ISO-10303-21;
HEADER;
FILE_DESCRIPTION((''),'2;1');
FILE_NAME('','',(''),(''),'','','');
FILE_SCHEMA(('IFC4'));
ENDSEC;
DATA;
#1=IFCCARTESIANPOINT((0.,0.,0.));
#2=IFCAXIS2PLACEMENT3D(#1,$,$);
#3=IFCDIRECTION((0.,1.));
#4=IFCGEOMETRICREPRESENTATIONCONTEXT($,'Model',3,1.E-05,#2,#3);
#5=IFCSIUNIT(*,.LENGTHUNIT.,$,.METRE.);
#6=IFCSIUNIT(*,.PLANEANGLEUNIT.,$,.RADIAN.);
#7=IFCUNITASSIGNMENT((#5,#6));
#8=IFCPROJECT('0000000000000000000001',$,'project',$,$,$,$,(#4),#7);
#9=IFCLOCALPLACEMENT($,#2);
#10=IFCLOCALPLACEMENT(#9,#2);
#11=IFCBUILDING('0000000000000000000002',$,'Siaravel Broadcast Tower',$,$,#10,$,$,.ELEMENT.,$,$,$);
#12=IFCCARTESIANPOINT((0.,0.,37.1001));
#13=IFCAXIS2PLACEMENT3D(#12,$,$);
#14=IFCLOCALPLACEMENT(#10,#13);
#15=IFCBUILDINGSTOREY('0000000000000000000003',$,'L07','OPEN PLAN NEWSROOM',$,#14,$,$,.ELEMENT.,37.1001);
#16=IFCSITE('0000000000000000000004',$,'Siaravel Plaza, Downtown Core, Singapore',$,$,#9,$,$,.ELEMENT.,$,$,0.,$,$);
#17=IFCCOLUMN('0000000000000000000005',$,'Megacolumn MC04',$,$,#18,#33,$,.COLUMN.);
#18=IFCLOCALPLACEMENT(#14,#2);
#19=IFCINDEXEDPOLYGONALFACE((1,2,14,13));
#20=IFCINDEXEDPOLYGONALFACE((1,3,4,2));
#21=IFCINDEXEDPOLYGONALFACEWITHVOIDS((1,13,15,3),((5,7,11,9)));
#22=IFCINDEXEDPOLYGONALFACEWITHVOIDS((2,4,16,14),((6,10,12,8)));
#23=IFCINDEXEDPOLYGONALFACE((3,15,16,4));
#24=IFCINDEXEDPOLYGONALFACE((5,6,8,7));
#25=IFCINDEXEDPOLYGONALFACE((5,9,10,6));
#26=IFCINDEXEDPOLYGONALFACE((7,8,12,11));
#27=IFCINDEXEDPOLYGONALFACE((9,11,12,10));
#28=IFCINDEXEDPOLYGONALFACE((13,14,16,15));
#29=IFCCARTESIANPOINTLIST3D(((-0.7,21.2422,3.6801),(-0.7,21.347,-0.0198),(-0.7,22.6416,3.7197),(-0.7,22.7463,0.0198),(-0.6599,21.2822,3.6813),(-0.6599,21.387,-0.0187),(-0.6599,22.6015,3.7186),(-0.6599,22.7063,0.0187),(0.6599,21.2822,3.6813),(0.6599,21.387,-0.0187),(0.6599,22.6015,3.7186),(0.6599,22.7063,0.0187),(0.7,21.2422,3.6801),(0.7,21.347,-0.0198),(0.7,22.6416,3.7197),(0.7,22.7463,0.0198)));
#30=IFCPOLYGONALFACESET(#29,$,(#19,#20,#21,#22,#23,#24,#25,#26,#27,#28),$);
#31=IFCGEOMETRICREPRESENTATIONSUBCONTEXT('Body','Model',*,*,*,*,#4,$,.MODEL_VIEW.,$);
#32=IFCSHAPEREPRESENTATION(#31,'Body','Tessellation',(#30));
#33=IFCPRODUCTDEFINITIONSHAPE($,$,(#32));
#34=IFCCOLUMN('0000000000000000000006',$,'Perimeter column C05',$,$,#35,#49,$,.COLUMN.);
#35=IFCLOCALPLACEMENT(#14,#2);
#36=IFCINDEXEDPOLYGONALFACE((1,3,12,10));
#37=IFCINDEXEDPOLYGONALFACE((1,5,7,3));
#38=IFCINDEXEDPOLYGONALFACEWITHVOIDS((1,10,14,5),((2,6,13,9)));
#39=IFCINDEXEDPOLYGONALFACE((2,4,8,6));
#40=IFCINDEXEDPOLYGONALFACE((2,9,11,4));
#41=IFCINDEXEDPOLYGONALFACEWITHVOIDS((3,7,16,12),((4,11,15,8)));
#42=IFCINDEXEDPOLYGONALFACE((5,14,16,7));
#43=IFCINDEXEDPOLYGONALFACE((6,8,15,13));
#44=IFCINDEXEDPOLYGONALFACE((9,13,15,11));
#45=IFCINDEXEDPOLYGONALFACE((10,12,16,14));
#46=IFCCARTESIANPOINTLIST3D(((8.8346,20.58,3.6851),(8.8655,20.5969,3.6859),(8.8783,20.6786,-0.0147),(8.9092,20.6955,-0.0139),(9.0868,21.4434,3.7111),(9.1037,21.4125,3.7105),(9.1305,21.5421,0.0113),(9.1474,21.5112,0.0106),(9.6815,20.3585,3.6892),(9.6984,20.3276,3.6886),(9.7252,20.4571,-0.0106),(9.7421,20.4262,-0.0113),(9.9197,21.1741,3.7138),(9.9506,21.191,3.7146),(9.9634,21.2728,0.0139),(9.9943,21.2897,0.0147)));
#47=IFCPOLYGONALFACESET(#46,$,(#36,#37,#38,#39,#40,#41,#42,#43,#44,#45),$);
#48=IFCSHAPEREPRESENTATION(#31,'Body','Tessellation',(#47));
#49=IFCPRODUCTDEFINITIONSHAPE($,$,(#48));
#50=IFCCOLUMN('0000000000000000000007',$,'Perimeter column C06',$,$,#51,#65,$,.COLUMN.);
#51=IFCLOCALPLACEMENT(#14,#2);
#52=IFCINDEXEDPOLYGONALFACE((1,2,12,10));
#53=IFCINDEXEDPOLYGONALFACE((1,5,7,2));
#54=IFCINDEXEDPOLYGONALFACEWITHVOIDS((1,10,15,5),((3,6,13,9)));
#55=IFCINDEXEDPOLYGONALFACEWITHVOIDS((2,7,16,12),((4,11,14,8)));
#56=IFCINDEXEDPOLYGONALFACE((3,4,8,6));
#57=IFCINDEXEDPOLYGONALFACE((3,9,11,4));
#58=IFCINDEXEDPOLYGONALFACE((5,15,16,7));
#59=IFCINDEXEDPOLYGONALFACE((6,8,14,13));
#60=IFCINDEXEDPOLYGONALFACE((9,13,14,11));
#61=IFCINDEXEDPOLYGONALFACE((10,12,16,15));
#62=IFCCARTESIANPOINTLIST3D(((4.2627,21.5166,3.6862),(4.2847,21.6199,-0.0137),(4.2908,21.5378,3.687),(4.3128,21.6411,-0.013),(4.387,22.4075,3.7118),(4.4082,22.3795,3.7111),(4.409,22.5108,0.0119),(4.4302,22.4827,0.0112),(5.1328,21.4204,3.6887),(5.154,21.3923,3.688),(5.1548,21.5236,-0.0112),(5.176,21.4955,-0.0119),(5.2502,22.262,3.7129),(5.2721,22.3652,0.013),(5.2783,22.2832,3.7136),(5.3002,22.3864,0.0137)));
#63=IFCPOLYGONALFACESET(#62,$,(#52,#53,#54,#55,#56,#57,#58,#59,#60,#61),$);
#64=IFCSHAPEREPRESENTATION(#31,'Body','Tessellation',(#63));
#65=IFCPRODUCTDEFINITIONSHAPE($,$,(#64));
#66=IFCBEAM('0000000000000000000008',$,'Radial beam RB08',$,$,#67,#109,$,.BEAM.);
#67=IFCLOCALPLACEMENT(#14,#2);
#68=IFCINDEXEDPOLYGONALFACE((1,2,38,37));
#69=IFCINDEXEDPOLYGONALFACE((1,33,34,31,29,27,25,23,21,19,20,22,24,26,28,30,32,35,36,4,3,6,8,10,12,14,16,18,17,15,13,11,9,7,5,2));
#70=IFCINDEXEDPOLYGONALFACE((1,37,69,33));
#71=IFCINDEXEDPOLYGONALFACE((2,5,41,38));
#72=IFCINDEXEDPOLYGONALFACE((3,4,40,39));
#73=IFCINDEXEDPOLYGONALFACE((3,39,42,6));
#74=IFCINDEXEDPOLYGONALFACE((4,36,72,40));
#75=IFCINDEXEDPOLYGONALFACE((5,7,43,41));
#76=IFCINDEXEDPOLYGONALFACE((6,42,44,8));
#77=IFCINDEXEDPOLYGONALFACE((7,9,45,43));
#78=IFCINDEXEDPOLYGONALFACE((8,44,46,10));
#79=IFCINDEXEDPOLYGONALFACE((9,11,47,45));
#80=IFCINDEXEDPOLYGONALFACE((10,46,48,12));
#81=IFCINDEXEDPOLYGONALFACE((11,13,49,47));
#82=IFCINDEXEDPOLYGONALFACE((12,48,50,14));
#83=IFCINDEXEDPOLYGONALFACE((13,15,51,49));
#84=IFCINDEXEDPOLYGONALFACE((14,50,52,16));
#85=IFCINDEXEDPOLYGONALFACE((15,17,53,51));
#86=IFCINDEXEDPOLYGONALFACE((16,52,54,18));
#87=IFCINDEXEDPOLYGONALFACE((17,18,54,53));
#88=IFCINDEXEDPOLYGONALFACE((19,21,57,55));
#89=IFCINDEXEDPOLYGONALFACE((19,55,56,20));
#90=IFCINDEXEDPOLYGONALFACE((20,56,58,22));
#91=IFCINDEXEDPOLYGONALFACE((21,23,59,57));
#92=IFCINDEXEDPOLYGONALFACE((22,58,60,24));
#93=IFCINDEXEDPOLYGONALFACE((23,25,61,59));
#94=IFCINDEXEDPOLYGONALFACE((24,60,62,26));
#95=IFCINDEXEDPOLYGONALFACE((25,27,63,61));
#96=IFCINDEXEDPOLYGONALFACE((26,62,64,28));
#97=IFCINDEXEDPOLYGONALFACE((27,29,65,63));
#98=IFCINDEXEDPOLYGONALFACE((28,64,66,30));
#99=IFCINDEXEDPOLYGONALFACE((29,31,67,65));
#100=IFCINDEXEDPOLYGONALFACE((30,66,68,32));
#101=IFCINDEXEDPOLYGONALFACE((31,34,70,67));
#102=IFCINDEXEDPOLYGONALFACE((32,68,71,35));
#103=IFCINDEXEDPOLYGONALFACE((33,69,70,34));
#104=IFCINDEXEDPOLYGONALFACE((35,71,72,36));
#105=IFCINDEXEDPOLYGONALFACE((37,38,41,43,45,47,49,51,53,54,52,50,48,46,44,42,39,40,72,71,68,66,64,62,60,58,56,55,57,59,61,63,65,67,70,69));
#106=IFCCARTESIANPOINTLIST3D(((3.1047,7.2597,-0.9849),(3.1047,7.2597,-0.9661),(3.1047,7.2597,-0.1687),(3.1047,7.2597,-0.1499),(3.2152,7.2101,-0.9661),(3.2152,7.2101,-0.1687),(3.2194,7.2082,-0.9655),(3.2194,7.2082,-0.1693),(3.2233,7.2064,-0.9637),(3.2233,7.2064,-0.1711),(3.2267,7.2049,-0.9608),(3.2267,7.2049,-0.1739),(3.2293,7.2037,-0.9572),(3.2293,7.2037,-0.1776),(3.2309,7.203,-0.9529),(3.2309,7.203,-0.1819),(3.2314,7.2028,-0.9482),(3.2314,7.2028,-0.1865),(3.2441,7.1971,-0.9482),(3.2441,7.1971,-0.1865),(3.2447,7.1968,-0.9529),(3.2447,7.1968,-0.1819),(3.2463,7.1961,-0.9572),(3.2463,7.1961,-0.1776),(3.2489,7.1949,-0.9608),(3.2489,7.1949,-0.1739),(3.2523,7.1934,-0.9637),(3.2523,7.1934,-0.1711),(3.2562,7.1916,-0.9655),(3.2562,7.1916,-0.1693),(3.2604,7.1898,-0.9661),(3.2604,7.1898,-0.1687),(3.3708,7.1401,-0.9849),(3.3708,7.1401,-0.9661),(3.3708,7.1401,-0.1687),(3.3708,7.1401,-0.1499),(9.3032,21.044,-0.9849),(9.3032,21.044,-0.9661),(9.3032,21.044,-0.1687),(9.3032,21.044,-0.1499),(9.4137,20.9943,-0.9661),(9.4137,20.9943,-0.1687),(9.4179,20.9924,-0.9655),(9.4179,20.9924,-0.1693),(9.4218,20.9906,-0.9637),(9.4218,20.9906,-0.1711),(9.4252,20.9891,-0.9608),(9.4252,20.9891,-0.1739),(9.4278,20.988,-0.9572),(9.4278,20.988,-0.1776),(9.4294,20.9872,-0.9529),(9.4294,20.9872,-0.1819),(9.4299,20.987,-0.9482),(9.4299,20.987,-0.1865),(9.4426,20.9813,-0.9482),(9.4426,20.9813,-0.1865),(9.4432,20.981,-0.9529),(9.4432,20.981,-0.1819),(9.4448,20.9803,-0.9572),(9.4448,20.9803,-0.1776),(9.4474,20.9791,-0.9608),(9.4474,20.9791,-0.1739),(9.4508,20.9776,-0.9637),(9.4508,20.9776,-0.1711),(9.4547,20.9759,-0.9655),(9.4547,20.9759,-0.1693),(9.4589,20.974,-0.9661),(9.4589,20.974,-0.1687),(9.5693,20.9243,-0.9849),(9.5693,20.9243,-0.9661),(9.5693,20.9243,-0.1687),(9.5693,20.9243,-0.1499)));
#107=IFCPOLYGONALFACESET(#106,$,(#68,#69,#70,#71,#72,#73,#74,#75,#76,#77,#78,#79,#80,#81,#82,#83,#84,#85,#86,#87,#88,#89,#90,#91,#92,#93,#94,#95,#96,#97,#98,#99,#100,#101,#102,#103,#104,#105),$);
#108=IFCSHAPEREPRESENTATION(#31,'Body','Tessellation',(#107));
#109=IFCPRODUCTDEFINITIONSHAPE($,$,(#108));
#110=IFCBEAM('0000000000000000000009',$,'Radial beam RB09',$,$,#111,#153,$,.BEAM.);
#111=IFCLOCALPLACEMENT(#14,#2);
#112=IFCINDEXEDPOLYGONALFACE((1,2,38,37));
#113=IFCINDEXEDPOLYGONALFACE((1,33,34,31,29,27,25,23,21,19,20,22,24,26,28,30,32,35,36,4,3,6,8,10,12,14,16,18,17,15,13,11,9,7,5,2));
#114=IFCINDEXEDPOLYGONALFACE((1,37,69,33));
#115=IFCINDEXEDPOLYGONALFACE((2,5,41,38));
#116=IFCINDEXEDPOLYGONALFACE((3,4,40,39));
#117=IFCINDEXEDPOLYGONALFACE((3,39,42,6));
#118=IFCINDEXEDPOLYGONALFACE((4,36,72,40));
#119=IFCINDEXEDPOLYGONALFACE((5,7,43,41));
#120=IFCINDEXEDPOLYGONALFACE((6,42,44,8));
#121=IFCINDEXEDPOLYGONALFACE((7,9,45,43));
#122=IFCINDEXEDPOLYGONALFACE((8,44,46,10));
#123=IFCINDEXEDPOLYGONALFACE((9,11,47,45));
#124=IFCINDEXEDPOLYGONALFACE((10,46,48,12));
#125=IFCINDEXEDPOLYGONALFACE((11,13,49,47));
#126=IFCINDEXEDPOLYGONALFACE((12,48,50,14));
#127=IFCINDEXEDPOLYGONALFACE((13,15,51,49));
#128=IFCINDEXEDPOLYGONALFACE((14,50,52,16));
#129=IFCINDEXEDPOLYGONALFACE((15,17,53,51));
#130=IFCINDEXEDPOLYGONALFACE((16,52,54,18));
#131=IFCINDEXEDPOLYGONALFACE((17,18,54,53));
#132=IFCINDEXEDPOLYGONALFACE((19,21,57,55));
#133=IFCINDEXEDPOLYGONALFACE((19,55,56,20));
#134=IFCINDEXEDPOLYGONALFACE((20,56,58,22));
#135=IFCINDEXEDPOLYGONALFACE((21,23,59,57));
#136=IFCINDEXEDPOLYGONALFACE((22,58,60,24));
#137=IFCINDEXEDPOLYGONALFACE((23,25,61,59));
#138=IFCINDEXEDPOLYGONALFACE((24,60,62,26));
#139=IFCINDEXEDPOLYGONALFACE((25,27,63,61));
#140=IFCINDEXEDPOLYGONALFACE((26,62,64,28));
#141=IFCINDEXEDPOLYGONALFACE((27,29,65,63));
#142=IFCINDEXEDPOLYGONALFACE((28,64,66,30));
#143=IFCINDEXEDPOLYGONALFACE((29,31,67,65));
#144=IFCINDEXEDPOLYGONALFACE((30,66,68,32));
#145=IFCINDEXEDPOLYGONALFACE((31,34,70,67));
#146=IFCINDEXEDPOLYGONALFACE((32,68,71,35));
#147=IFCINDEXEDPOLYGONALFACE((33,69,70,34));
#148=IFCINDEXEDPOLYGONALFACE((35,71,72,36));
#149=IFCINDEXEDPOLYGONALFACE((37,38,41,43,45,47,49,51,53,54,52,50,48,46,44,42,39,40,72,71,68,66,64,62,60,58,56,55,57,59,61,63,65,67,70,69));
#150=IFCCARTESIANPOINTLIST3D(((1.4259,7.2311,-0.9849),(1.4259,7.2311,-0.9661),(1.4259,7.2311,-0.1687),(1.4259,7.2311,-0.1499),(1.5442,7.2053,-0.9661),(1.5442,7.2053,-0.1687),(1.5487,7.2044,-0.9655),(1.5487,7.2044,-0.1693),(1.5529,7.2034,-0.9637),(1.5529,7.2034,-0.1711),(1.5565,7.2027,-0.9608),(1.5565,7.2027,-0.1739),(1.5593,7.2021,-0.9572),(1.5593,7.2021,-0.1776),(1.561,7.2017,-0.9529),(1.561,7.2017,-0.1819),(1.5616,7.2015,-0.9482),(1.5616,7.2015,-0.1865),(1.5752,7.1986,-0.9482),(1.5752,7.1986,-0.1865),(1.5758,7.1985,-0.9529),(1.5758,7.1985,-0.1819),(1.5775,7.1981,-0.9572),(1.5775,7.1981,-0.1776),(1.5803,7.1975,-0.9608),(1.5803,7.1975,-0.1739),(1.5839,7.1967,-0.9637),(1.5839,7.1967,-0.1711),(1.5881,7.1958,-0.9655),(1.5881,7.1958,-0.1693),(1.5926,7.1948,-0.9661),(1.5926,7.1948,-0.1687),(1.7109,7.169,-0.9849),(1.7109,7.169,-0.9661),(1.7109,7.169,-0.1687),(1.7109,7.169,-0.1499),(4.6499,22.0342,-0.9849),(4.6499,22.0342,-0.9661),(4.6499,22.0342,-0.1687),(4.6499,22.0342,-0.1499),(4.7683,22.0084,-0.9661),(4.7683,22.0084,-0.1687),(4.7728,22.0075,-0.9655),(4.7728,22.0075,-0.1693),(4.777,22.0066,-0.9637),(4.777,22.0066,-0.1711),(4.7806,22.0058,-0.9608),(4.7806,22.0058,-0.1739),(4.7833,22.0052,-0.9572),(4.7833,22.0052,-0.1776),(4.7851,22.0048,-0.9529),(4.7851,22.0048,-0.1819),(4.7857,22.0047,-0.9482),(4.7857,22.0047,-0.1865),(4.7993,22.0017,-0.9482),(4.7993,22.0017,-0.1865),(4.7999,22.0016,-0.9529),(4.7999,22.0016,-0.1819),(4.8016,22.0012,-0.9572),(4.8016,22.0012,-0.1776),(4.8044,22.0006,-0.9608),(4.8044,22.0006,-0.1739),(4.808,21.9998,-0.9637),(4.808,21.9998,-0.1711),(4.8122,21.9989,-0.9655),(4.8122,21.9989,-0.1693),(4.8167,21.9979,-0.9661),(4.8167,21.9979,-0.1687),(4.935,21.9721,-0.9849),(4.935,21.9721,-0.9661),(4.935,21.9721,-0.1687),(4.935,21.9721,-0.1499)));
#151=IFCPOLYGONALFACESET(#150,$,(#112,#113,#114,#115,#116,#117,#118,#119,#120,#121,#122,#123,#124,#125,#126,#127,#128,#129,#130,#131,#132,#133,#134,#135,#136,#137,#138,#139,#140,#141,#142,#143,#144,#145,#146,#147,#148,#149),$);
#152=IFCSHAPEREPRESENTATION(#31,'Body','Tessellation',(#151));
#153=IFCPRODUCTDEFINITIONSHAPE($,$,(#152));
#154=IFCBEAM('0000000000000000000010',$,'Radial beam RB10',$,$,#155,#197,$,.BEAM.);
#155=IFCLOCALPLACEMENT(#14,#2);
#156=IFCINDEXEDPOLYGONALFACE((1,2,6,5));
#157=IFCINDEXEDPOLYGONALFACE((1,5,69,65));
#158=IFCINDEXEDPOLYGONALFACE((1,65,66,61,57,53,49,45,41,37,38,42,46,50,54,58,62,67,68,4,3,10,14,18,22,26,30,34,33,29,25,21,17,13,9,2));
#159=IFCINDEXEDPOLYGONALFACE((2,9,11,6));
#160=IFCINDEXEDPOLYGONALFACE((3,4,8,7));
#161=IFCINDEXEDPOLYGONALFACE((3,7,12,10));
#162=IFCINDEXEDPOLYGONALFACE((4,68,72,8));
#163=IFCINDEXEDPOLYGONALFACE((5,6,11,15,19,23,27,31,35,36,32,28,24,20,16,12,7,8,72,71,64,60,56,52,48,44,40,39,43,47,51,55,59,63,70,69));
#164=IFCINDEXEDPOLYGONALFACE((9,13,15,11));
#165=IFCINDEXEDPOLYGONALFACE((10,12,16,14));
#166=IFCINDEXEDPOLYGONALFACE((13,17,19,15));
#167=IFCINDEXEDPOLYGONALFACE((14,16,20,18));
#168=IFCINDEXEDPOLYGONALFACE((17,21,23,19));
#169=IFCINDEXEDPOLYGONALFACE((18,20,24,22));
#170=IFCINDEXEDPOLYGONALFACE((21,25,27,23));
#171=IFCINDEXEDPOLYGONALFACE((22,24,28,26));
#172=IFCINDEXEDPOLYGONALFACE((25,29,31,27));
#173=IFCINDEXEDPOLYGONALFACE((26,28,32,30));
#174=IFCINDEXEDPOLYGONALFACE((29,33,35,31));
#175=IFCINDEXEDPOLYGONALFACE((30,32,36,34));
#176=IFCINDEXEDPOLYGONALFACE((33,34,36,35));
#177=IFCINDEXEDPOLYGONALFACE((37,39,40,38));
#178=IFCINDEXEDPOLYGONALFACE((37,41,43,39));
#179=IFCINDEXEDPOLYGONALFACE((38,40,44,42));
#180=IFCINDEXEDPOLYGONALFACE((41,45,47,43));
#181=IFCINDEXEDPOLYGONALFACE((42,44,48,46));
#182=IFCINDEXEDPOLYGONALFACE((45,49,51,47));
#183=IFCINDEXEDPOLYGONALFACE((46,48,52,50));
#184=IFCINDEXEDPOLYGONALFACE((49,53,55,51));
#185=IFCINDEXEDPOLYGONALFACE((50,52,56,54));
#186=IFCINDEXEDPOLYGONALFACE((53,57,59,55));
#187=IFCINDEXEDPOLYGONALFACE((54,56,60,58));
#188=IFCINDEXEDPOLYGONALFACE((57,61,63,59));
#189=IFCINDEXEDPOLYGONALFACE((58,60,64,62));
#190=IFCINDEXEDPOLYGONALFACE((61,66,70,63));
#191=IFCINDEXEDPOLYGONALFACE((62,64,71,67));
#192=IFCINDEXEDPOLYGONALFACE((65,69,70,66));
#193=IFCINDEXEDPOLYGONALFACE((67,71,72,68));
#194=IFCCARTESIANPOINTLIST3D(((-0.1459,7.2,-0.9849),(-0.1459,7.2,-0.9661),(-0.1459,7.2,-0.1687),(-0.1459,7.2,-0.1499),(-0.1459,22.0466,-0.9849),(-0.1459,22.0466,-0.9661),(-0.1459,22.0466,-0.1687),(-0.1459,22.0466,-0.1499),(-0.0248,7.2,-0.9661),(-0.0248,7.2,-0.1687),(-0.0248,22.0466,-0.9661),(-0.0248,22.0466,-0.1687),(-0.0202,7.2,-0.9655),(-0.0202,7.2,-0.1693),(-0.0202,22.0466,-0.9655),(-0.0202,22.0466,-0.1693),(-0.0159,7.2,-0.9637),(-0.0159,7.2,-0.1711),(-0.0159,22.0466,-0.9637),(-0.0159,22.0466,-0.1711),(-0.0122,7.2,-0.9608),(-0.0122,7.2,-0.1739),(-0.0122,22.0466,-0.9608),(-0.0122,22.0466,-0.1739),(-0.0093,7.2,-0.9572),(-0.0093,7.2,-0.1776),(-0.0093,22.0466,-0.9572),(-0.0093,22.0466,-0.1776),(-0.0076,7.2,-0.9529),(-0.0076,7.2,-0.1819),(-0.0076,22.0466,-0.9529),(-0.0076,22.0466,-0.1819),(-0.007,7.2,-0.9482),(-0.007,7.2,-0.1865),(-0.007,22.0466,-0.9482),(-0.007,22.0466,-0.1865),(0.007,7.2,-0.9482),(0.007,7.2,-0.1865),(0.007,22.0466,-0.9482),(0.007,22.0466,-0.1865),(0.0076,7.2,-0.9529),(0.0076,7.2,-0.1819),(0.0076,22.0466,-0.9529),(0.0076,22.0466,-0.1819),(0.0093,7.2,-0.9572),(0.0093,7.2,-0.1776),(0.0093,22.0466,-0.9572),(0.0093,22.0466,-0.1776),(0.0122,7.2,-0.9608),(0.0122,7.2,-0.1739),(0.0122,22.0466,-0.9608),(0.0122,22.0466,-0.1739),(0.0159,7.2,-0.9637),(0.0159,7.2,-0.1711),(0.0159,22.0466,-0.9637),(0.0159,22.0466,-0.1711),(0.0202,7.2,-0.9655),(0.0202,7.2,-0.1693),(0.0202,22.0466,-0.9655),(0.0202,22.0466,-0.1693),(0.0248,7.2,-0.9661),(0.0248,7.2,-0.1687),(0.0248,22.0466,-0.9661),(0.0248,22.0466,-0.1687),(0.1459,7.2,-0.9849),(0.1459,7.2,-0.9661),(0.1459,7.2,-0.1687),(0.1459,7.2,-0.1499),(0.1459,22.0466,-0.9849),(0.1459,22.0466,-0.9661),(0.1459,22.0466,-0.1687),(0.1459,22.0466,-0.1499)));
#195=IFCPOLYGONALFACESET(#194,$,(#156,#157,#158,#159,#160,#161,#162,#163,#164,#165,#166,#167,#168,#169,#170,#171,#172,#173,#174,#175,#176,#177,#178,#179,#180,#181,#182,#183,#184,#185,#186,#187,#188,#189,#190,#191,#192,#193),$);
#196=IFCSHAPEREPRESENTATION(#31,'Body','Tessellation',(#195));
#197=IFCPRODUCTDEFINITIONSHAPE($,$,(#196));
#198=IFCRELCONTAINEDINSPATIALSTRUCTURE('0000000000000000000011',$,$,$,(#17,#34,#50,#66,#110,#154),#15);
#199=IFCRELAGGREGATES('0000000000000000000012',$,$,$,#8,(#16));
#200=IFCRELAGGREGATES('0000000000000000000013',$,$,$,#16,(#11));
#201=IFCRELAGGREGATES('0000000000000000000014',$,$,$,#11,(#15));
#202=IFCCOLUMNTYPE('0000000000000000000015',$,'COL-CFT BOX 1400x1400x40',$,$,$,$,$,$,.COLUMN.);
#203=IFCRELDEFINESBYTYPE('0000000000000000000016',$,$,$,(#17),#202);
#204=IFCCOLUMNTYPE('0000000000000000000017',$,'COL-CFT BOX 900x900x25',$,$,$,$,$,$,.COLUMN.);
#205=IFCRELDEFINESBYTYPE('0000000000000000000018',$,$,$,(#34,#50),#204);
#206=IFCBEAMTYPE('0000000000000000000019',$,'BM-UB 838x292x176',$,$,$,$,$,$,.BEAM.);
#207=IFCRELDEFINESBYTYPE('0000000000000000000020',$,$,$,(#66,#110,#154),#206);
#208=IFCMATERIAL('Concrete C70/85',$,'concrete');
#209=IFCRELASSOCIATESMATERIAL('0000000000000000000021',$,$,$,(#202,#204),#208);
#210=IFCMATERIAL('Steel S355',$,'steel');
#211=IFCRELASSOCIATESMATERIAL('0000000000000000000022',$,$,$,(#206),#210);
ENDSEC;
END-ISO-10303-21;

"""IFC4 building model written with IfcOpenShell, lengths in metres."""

from ifc_helpers import new_model, si_unit, direction, frame, origin, origin_2d, place, context, subcontext, project, spatial, hollow_rectangle, i_section, extrude, material, material_profile, profile_set, type_object, element, save


model = new_model("IFC4")

# Units and contexts
model_context = context("Model", 3, precision=1e-05, world=origin(), true_north=direction((0.0, 1.0)))
body_context = subcontext(model_context, "Body", "Model", "MODEL_VIEW")
ifc_project = project(units=[si_unit("LENGTHUNIT", "METRE"), si_unit("PLANEANGLEUNIT", "RADIAN")], contexts=[model_context])

# Site, building, storey
site_placement = place(None, origin())
site = spatial("IfcSite", under=ifc_project, at=site_placement, Name="Siaravel Plaza, Downtown Core, Singapore", CompositionType="ELEMENT", RefElevation=0.0)
building_placement = place(site_placement, origin())
building = spatial("IfcBuilding", under=site, at=building_placement, Name="Siaravel Broadcast Tower", CompositionType="ELEMENT")
storey_placement = place(building_placement, frame((0.0, 0.0, 37.1001)))
storey = spatial("IfcBuildingStorey", under=building, at=storey_placement, Name="L07", Description="OPEN PLAN NEWSROOM", CompositionType="ELEMENT", Elevation=37.1001)

# Columns
ifc_material_1 = material(Name="Concrete C70/85", Category="concrete")
ifc_material_profile_1 = material_profile(ifc_material_1, hollow_rectangle(XDim=1.3999, YDim=1.3999, WallThickness=0.04, at=origin_2d()))
ifc_profile_set_1 = profile_set([ifc_material_profile_1], Name="Concrete C70/85")
column_type_1 = type_object("IfcColumnType", Name="COL-CFT BOX 1400x1400x40", PredefinedType="COLUMN", material=ifc_profile_set_1)
column_placement = place(storey_placement, frame((0.0, 22.0466, 0.0), z_axis=(0.0, -0.028296, 0.9996), x_axis=(1.0, 0.0, 0.0)))
element("IfcColumn", 1, at=column_placement, inside=storey, type_object=column_type_1, Name="Megacolumn MC04", PredefinedType="COLUMN", context=body_context, shape_type="SweptSolid", body=[
    extrude(hollow_rectangle(XDim=1.3999, YDim=1.3999, WallThickness=0.04, at=origin_2d()), origin(), (0.0, 0.0, 1.0), 3.7014),
])
ifc_material_profile_2 = material_profile(ifc_material_1, hollow_rectangle(XDim=0.8999, YDim=0.8999, WallThickness=0.0249, at=origin_2d()))
ifc_profile_set_2 = profile_set([ifc_material_profile_2], Name="Concrete C70/85")
column_type_2 = type_object("IfcColumnType", Name="COL-CFT BOX 900x900x25", PredefinedType="COLUMN", material=ifc_profile_set_2)
for number, where, z_axis, x_axis, name in (
    (2, (9.4363, 20.9841, 0.0), (-0.011806, -0.026647, 0.999575), (0.959858, -0.280461, 0.003861), "Perimeter column C05"),
    (3, (4.7925, 22.0032, 0.0), (-0.005936, -0.0279, 0.999593), (0.990401, -0.138207, 0.002024), "Perimeter column C06"),
):
    element("IfcColumn", number, at=place(storey_placement, frame(where, z_axis=z_axis, x_axis=x_axis)), inside=storey, type_object=column_type_2, Name=name, PredefinedType="COLUMN", context=body_context, shape_type="SweptSolid", body=[
        extrude(hollow_rectangle(XDim=0.8999, YDim=0.8999, WallThickness=0.0249, at=origin_2d()), origin(), (0.0, 0.0, 1.0), 3.7014),
    ])

# Beams
ifc_material_2 = material(Name="Steel S355", Category="steel")
ifc_material_profile_3 = material_profile(ifc_material_2, i_section(OverallWidth=0.2917, OverallDepth=0.835, WebThickness=0.0139, FlangeThickness=0.0188, FilletRadius=0.0178, at=origin_2d()))
ifc_profile_set_3 = profile_set([ifc_material_profile_3], Name="Steel S355")
beam_type = type_object("IfcBeamType", Name="BM-UB 838x292x176", PredefinedType="BEAM", material=ifc_profile_set_3)
beam_1_placement = place(storey_placement, frame((9.4363, 20.9841, -0.5674), z_axis=(-0.410123, -0.91203, 0.0), x_axis=(0.91203, -0.410123, 0.0)))
element("IfcBeam", 4, at=beam_1_placement, inside=storey, type_object=beam_type, Name="Radial beam RB08", PredefinedType="BEAM", context=body_context, shape_type="SweptSolid", body=[
    extrude(i_section(OverallWidth=0.2917, OverallDepth=0.835, WebThickness=0.0139, FlangeThickness=0.0188, FilletRadius=0.0178, at=origin_2d()), origin(), (0.0, 0.0, 1.0), 15.1138),
])
beam_2_placement = place(storey_placement, frame((4.7925, 22.0032, -0.5674), z_axis=(-0.21281, -0.977094, 0.0), x_axis=(0.977094, -0.21281, 0.0)))
element("IfcBeam", 5, at=beam_2_placement, inside=storey, type_object=beam_type, Name="Radial beam RB09", PredefinedType="BEAM", context=body_context, shape_type="SweptSolid", body=[
    extrude(i_section(OverallWidth=0.2917, OverallDepth=0.835, WebThickness=0.0139, FlangeThickness=0.0188, FilletRadius=0.0178, at=origin_2d()), origin(), (0.0, 0.0, 1.0), 15.1501),
])
beam_3_placement = place(storey_placement, frame((0.0, 22.0466, -0.5674), z_axis=(0.0, -1.0, 0.0), x_axis=(1.0, 0.0, 0.0)))
element("IfcBeam", 6, at=beam_3_placement, inside=storey, type_object=beam_type, Name="Radial beam RB10", PredefinedType="BEAM", context=body_context, shape_type="SweptSolid", body=[
    extrude(i_section(OverallWidth=0.2917, OverallDepth=0.835, WebThickness=0.0139, FlangeThickness=0.0188, FilletRadius=0.0178, at=origin_2d()), origin(), (0.0, 0.0, 1.0), 14.8467),
])

save(model, "model.ifc")
